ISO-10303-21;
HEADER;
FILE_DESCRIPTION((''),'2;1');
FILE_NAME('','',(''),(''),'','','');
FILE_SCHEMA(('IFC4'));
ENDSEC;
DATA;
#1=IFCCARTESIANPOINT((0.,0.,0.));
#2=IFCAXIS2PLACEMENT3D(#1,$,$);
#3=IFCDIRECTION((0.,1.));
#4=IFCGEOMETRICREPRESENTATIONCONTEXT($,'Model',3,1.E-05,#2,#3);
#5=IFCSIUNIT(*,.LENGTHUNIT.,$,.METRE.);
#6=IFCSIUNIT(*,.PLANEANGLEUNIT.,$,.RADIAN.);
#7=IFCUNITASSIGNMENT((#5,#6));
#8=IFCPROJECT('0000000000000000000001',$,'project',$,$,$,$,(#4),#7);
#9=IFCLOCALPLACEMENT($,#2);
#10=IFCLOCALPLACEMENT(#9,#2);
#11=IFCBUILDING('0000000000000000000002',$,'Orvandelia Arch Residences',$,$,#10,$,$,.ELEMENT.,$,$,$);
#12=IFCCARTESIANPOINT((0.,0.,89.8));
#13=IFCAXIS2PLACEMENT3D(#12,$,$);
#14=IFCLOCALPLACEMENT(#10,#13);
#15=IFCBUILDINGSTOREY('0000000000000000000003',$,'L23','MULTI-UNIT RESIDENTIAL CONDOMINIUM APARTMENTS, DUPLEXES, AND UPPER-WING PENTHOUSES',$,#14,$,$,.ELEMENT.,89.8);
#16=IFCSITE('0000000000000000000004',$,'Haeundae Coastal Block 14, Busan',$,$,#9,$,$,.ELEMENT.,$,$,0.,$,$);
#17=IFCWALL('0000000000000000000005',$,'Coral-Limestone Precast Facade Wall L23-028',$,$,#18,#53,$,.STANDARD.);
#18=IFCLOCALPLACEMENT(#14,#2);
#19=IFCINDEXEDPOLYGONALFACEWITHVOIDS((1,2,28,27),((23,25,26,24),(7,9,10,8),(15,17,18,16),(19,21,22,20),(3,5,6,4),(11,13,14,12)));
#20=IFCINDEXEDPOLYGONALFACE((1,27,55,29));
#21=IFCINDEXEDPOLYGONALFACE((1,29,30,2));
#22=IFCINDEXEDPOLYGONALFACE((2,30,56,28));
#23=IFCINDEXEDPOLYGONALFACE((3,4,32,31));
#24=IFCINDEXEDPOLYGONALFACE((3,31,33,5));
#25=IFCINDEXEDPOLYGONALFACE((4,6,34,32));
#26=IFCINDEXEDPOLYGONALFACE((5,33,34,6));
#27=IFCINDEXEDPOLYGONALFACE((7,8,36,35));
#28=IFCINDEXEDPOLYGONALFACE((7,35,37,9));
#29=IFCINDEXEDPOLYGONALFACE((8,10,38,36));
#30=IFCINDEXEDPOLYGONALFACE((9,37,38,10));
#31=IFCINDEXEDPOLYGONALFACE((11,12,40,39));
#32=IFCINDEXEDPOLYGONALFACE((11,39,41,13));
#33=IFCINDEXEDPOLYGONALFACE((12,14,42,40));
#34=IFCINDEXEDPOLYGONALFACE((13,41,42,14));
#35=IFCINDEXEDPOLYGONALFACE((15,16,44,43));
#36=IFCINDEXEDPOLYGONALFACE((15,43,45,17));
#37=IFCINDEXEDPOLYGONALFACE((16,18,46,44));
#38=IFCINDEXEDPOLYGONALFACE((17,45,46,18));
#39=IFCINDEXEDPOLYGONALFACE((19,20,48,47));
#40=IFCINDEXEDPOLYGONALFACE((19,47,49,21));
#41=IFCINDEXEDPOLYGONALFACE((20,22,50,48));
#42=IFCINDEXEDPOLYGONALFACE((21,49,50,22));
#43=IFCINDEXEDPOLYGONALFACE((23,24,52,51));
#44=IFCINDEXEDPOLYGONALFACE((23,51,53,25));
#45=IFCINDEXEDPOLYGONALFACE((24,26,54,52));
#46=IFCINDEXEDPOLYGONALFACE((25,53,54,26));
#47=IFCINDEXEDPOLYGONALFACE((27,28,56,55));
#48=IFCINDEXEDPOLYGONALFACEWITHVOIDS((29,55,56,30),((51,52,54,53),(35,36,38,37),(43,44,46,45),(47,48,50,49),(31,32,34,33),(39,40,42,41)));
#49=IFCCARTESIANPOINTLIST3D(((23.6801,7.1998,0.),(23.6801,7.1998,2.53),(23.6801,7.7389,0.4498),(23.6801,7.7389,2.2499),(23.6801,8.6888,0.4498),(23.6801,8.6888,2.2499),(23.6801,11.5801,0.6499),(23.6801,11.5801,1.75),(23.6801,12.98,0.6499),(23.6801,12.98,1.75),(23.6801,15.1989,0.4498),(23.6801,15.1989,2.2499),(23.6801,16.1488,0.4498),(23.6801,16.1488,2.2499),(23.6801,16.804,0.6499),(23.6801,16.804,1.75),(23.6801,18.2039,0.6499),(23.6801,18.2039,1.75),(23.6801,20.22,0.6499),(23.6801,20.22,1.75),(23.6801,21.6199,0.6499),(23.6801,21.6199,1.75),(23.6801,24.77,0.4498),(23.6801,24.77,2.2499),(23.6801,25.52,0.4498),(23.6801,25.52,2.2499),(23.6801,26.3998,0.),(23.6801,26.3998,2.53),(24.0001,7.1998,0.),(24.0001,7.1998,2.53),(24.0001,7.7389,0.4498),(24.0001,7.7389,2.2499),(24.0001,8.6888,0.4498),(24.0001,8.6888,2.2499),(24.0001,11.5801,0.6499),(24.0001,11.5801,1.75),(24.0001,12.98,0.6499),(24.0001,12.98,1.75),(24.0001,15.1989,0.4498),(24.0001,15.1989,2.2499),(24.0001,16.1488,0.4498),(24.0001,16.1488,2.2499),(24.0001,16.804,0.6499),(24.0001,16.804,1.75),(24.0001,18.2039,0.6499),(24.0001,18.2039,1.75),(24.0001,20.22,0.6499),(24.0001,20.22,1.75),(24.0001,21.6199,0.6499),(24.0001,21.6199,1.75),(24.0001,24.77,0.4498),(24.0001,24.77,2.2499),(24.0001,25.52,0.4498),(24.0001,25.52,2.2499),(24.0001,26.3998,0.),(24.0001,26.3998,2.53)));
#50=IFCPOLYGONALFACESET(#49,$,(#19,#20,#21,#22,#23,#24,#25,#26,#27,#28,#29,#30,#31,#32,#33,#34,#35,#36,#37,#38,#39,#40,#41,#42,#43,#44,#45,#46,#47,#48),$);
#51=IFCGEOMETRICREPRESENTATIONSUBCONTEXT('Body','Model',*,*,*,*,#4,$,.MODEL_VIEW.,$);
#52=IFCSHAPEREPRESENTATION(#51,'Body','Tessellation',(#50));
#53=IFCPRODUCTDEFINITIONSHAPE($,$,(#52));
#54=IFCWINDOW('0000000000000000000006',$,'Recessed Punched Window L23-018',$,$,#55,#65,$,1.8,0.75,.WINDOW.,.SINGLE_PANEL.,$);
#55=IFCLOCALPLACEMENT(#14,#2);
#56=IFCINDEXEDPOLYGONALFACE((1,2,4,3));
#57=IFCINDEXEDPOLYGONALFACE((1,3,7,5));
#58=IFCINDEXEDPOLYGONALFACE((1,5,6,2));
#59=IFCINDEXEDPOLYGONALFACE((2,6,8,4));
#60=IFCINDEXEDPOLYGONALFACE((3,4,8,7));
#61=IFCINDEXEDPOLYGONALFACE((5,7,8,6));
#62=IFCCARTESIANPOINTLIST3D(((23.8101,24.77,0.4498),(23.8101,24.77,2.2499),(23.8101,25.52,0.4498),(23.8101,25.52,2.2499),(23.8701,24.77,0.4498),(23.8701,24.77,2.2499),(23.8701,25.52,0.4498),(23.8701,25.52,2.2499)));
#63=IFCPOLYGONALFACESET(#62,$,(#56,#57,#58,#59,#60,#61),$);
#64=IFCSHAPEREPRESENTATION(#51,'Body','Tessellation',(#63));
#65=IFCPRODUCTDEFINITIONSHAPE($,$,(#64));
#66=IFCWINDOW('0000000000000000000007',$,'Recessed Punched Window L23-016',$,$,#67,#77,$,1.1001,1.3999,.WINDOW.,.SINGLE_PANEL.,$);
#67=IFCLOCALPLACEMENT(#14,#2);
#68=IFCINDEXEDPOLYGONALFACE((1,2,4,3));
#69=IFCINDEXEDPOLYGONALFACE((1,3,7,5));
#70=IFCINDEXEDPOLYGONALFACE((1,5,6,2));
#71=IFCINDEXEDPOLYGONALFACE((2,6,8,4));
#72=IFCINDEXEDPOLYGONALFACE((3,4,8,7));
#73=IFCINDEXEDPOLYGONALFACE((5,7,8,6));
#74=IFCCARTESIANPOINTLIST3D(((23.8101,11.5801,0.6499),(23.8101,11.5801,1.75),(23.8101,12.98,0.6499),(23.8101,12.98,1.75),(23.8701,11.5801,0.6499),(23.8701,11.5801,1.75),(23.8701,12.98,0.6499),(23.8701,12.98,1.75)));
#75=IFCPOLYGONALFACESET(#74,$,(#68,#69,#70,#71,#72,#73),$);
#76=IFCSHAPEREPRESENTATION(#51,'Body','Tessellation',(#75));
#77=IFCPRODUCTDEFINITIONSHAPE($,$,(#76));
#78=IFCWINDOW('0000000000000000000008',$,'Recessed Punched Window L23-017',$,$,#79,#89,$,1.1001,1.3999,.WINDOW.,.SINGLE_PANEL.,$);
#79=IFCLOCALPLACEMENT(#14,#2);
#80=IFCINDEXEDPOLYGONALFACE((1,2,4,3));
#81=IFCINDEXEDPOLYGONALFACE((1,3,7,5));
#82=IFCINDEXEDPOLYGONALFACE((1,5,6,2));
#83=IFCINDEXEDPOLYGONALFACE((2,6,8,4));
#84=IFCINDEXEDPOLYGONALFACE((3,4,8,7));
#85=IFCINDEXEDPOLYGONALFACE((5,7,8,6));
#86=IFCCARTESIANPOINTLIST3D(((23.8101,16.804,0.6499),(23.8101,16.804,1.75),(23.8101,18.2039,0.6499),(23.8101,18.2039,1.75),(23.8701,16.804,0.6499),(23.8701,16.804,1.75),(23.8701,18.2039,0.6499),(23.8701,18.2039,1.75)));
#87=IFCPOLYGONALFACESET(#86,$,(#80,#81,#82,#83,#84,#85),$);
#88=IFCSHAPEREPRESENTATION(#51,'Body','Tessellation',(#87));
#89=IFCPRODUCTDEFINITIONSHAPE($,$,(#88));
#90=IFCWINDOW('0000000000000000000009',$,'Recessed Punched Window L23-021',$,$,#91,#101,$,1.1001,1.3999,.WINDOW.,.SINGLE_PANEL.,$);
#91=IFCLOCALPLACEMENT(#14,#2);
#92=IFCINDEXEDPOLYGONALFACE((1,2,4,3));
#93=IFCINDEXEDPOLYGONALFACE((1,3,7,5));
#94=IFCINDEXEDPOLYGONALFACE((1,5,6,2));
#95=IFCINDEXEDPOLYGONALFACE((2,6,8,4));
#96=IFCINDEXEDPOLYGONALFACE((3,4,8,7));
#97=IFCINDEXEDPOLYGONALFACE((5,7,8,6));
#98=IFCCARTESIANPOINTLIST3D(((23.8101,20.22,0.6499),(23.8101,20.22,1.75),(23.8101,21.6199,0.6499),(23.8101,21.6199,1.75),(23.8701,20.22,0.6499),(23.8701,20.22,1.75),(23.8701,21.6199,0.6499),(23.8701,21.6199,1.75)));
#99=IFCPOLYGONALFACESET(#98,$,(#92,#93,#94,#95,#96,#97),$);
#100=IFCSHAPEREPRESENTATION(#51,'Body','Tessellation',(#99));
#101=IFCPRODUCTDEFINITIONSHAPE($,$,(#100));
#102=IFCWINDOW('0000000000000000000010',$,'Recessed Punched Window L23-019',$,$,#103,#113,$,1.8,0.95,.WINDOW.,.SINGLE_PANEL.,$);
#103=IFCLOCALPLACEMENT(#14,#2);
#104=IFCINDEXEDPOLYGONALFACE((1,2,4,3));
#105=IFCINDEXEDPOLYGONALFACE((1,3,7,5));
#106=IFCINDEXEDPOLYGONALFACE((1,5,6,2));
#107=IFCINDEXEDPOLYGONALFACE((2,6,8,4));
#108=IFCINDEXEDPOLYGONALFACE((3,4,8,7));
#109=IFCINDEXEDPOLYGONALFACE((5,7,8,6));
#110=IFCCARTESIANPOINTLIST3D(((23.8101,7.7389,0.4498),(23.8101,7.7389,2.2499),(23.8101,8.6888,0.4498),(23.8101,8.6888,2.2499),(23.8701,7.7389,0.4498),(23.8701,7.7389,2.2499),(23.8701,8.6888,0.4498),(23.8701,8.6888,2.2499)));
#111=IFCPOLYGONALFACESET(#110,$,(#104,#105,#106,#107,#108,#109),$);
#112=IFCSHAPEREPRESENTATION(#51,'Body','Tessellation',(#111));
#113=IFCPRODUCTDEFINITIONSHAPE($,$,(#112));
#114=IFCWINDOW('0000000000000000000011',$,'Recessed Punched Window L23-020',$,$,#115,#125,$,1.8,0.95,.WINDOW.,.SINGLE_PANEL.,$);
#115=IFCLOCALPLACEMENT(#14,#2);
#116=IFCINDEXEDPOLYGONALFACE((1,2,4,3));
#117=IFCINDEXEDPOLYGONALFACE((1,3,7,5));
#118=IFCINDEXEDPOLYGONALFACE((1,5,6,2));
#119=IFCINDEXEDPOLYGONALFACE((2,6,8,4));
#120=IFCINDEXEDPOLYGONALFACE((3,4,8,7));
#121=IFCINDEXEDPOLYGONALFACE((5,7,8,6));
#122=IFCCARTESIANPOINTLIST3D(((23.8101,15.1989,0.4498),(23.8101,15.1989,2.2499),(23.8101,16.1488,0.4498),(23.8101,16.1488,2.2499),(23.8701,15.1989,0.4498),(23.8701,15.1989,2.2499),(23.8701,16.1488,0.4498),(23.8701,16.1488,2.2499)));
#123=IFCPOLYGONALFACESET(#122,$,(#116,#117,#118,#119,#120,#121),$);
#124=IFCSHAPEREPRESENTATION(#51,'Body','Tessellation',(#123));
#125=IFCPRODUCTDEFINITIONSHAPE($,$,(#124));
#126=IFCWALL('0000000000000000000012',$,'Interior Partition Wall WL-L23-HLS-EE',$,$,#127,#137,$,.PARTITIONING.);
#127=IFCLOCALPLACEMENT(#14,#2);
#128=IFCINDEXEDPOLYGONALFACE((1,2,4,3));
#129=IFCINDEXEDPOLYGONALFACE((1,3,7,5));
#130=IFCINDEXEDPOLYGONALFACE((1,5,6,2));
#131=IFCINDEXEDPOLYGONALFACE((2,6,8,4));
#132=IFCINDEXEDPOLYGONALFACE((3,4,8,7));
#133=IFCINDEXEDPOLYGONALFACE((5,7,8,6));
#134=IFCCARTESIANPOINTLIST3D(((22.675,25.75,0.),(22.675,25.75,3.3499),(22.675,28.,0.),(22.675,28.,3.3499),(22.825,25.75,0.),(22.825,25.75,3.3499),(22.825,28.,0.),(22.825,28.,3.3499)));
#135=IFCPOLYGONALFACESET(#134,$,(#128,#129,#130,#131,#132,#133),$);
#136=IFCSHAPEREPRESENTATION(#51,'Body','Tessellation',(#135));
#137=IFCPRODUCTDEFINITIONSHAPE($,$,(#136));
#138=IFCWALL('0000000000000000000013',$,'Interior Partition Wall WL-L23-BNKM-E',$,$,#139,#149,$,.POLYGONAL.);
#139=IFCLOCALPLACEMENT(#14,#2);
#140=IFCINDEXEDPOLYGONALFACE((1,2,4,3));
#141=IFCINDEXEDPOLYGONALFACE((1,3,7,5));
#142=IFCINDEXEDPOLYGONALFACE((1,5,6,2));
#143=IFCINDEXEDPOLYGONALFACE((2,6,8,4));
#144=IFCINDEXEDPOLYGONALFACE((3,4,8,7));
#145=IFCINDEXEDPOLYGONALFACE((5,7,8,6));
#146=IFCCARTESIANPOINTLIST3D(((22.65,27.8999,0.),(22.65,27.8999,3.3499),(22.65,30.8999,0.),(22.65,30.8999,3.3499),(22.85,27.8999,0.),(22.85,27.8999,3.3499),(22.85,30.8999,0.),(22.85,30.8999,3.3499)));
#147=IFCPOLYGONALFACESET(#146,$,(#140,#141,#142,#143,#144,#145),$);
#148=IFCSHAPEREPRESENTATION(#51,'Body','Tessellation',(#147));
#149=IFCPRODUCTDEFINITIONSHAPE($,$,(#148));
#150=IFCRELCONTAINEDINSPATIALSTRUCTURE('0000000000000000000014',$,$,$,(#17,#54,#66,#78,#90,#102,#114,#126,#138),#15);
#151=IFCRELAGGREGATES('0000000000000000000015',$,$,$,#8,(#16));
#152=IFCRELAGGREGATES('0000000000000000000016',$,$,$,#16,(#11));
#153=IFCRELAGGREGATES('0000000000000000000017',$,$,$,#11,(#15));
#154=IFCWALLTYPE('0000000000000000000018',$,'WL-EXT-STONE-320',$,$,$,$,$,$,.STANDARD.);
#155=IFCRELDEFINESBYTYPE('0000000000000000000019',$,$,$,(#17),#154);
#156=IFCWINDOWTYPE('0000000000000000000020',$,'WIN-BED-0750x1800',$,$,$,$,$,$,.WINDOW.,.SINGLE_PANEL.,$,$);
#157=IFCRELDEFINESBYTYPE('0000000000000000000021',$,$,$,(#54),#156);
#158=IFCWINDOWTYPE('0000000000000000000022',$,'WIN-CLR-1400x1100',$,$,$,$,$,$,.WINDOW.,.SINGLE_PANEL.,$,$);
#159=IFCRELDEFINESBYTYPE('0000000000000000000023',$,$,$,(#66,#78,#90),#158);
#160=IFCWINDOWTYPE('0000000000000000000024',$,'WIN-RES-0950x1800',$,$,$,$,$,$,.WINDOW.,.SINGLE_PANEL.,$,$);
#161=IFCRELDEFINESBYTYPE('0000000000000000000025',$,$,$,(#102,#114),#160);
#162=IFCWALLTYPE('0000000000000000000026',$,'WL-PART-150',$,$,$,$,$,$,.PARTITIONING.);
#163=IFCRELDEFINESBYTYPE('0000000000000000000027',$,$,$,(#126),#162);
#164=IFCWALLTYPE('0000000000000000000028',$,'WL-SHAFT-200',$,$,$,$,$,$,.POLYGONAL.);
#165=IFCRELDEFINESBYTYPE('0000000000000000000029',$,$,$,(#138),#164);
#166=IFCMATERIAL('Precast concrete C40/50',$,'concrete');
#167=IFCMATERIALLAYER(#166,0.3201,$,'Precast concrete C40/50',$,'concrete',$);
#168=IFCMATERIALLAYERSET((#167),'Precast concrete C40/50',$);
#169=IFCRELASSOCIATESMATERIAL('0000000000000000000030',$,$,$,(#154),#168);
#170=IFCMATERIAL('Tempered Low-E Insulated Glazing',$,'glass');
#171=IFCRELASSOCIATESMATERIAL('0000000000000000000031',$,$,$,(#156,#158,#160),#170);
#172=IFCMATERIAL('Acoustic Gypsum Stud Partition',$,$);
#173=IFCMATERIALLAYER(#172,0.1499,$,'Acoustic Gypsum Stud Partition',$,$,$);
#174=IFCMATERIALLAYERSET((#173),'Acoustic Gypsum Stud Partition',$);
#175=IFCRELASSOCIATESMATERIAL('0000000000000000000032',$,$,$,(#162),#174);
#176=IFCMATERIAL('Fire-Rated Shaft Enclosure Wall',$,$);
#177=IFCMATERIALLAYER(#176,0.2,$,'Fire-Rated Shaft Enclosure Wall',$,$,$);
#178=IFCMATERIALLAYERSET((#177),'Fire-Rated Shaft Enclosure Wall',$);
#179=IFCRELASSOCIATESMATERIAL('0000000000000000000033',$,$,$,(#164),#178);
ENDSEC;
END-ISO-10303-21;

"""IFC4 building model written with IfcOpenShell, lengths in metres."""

from ifc_helpers import new_model, si_unit, direction, frame, frame_2d, origin, place, context, subcontext, project, spatial, rectangle, extrude, material, layer, layer_set, type_object, element, fill, save


model = new_model("IFC4")

# Units and contexts
model_context = context("Model", 3, precision=1e-05, world=origin(), true_north=direction((0.0, 1.0)))
body_context = subcontext(model_context, "Body", "Model", "MODEL_VIEW")
ifc_project = project(units=[si_unit("LENGTHUNIT", "METRE"), si_unit("PLANEANGLEUNIT", "RADIAN")], contexts=[model_context])

# Site, building, storey
site_placement = place(None, origin())
site = spatial("IfcSite", under=ifc_project, at=site_placement, Name="Haeundae Coastal Block 14, Busan", CompositionType="ELEMENT", RefElevation=0.0)
building_placement = place(site_placement, origin())
building = spatial("IfcBuilding", under=site, at=building_placement, Name="Orvandelia Arch Residences", CompositionType="ELEMENT")
storey_placement = place(building_placement, frame((0.0, 0.0, 89.8)))
storey = spatial("IfcBuildingStorey", under=building, at=storey_placement, Name="L23", Description="MULTI-UNIT RESIDENTIAL CONDOMINIUM APARTMENTS, DUPLEXES, AND UPPER-WING PENTHOUSES", CompositionType="ELEMENT", Elevation=89.8)

# Shared definitions
ifc_material_1 = material(Name="Precast concrete C40/50", Category="concrete")
ifc_layer_1 = layer(ifc_material_1, 0.3201, Name="Precast concrete C40/50", Category="concrete")
ifc_layer_set_1 = layer_set([ifc_layer_1], Name="Precast concrete C40/50")
wall_type_1 = type_object("IfcWallType", Name="WL-EXT-STONE-320", PredefinedType="STANDARD", material=ifc_layer_set_1)

# Wall, openings, windows
wall_1_placement = place(storey_placement, frame((23.8401, 26.3999, 0.0), z_axis=(0.0, 0.0, 1.0), x_axis=(0.0, -1.0, 0.0)))
wall_1 = element("IfcWall", 1, at=wall_1_placement, inside=storey, type_object=wall_type_1, Name="Coral-Limestone Precast Facade Wall L23-028", PredefinedType="STANDARD", context=body_context, shape_type="SweptSolid", body=[
    extrude(rectangle(XDim=19.2, YDim=0.3201, at=frame_2d((9.6001, 0.0))), origin(), (0.0, 0.0, 1.0), 2.53),
])
opening_1_placement = place(wall_1_placement, frame((13.4199, 0.0, 0.6499)))
opening_1 = element("IfcOpeningElement", 2, at=opening_1_placement, cuts=wall_1, PredefinedType="OPENING", context=body_context, shape_type="SweptSolid", body=[
    extrude(rectangle(XDim=1.3999, YDim=1.1001, at=frame_2d((0.7, 0.55))), frame((0.0, 0.1699, 0.0), z_axis=(0.0, -1.0, 0.0), x_axis=(1.0, 0.0, 0.0)), (0.0, 0.0, 1.0), 0.3401),
])
opening_2_placement = place(wall_1_placement, frame((8.196, 0.0, 0.6499)))
opening_2 = element("IfcOpeningElement", 3, at=opening_2_placement, cuts=wall_1, PredefinedType="OPENING", context=body_context, shape_type="SweptSolid", body=[
    extrude(rectangle(XDim=1.3999, YDim=1.1001, at=frame_2d((0.7, 0.55))), frame((0.0, 0.1699, 0.0), z_axis=(0.0, -1.0, 0.0), x_axis=(1.0, 0.0, 0.0)), (0.0, 0.0, 1.0), 0.3401),
])
opening_3_placement = place(wall_1_placement, frame((0.8799, 0.0, 0.45)))
opening_3 = element("IfcOpeningElement", 4, at=opening_3_placement, cuts=wall_1, PredefinedType="OPENING", context=body_context, shape_type="SweptSolid", body=[
    extrude(rectangle(XDim=0.75, YDim=1.8, at=frame_2d((0.375, 0.8999))), frame((0.0, 0.1699, 0.0), z_axis=(0.0, -1.0, 0.0), x_axis=(1.0, 0.0, 0.0)), (0.0, 0.0, 1.0), 0.3401),
])
opening_4_placement = place(wall_1_placement, frame((17.7109, 0.0, 0.45)))
opening_4 = element("IfcOpeningElement", 5, at=opening_4_placement, cuts=wall_1, PredefinedType="OPENING", context=body_context, shape_type="SweptSolid", body=[
    extrude(rectangle(XDim=0.95, YDim=1.8, at=frame_2d((0.4751, 0.8999))), frame((0.0, 0.1699, 0.0), z_axis=(0.0, -1.0, 0.0), x_axis=(1.0, 0.0, 0.0)), (0.0, 0.0, 1.0), 0.3401),
])
opening_5_placement = place(wall_1_placement, frame((10.251, 0.0, 0.45)))
opening_5 = element("IfcOpeningElement", 6, at=opening_5_placement, cuts=wall_1, PredefinedType="OPENING", context=body_context, shape_type="SweptSolid", body=[
    extrude(rectangle(XDim=0.95, YDim=1.8, at=frame_2d((0.4751, 0.8999))), frame((0.0, 0.1699, 0.0), z_axis=(0.0, -1.0, 0.0), x_axis=(1.0, 0.0, 0.0)), (0.0, 0.0, 1.0), 0.3401),
])
opening_6_placement = place(wall_1_placement, frame((4.78, 0.0, 0.6499)))
opening_6 = element("IfcOpeningElement", 7, at=opening_6_placement, cuts=wall_1, PredefinedType="OPENING", context=body_context, shape_type="SweptSolid", body=[
    extrude(rectangle(XDim=1.3999, YDim=1.1001, at=frame_2d((0.7, 0.55))), frame((0.0, 0.1699, 0.0), z_axis=(0.0, -1.0, 0.0), x_axis=(1.0, 0.0, 0.0)), (0.0, 0.0, 1.0), 0.3401),
])
ifc_material_2 = material(Name="Tempered Low-E Insulated Glazing", Category="glass")
window_type_1 = type_object("IfcWindowType", Name="WIN-BED-0750x1800", PartitioningType="SINGLE_PANEL", PredefinedType="WINDOW", material=ifc_material_2)
window_1_placement = place(opening_3_placement, origin())
window_1 = element("IfcWindow", 8, at=window_1_placement, inside=storey, type_object=window_type_1, Name="Recessed Punched Window L23-018", OverallHeight=1.8, OverallWidth=0.75, PartitioningType="SINGLE_PANEL", PredefinedType="WINDOW", context=body_context, shape_type="SweptSolid", body=[
    extrude(rectangle(XDim=0.75, YDim=1.8, at=frame_2d((0.375, 0.8999))), frame((0.0, 0.03, 0.0), z_axis=(0.0, -1.0, 0.0), x_axis=(1.0, 0.0, 0.0)), (0.0, 0.0, 1.0), 0.0601),
])
fill(opening_3, window_1)
window_type_2 = type_object("IfcWindowType", Name="WIN-CLR-1400x1100", PartitioningType="SINGLE_PANEL", PredefinedType="WINDOW", material=ifc_material_2)
window_2_placement = place(opening_1_placement, origin())
window_2 = element("IfcWindow", 9, at=window_2_placement, inside=storey, type_object=window_type_2, Name="Recessed Punched Window L23-016", OverallHeight=1.1001, OverallWidth=1.3999, PartitioningType="SINGLE_PANEL", PredefinedType="WINDOW", context=body_context, shape_type="SweptSolid", body=[
    extrude(rectangle(XDim=1.3999, YDim=1.1001, at=frame_2d((0.7, 0.55))), frame((0.0, 0.03, 0.0), z_axis=(0.0, -1.0, 0.0), x_axis=(1.0, 0.0, 0.0)), (0.0, 0.0, 1.0), 0.0601),
])
fill(opening_1, window_2)
window_3_placement = place(opening_2_placement, origin())
window_3 = element("IfcWindow", 10, at=window_3_placement, inside=storey, type_object=window_type_2, Name="Recessed Punched Window L23-017", OverallHeight=1.1001, OverallWidth=1.3999, PartitioningType="SINGLE_PANEL", PredefinedType="WINDOW", context=body_context, shape_type="SweptSolid", body=[
    extrude(rectangle(XDim=1.3999, YDim=1.1001, at=frame_2d((0.7, 0.55))), frame((0.0, 0.03, 0.0), z_axis=(0.0, -1.0, 0.0), x_axis=(1.0, 0.0, 0.0)), (0.0, 0.0, 1.0), 0.0601),
])
fill(opening_2, window_3)
window_4_placement = place(opening_6_placement, origin())
window_4 = element("IfcWindow", 11, at=window_4_placement, inside=storey, type_object=window_type_2, Name="Recessed Punched Window L23-021", OverallHeight=1.1001, OverallWidth=1.3999, PartitioningType="SINGLE_PANEL", PredefinedType="WINDOW", context=body_context, shape_type="SweptSolid", body=[
    extrude(rectangle(XDim=1.3999, YDim=1.1001, at=frame_2d((0.7, 0.55))), frame((0.0, 0.03, 0.0), z_axis=(0.0, -1.0, 0.0), x_axis=(1.0, 0.0, 0.0)), (0.0, 0.0, 1.0), 0.0601),
])
fill(opening_6, window_4)
window_type_3 = type_object("IfcWindowType", Name="WIN-RES-0950x1800", PartitioningType="SINGLE_PANEL", PredefinedType="WINDOW", material=ifc_material_2)
window_5_placement = place(opening_4_placement, origin())
window_5 = element("IfcWindow", 12, at=window_5_placement, inside=storey, type_object=window_type_3, Name="Recessed Punched Window L23-019", OverallHeight=1.8, OverallWidth=0.95, PartitioningType="SINGLE_PANEL", PredefinedType="WINDOW", context=body_context, shape_type="SweptSolid", body=[
    extrude(rectangle(XDim=0.95, YDim=1.8, at=frame_2d((0.4751, 0.8999))), frame((0.0, 0.03, 0.0), z_axis=(0.0, -1.0, 0.0), x_axis=(1.0, 0.0, 0.0)), (0.0, 0.0, 1.0), 0.0601),
])
fill(opening_4, window_5)
window_6_placement = place(opening_5_placement, origin())
window_6 = element("IfcWindow", 13, at=window_6_placement, inside=storey, type_object=window_type_3, Name="Recessed Punched Window L23-020", OverallHeight=1.8, OverallWidth=0.95, PartitioningType="SINGLE_PANEL", PredefinedType="WINDOW", context=body_context, shape_type="SweptSolid", body=[
    extrude(rectangle(XDim=0.95, YDim=1.8, at=frame_2d((0.4751, 0.8999))), frame((0.0, 0.03, 0.0), z_axis=(0.0, -1.0, 0.0), x_axis=(1.0, 0.0, 0.0)), (0.0, 0.0, 1.0), 0.0601),
])
fill(opening_5, window_6)

# Walls
ifc_material_3 = material(Name="Acoustic Gypsum Stud Partition")
ifc_layer_2 = layer(ifc_material_3, 0.1499, Name="Acoustic Gypsum Stud Partition")
ifc_layer_set_2 = layer_set([ifc_layer_2], Name="Acoustic Gypsum Stud Partition")
wall_type_2 = type_object("IfcWallType", Name="WL-PART-150", PredefinedType="PARTITIONING", material=ifc_layer_set_2)
wall_2_placement = place(storey_placement, frame((22.75, 25.75, 0.0), z_axis=(0.0, 0.0, 1.0), x_axis=(0.0, 1.0, 0.0)))
element("IfcWall", 14, at=wall_2_placement, inside=storey, type_object=wall_type_2, Name="Interior Partition Wall WL-L23-HLS-EE", PredefinedType="PARTITIONING", context=body_context, shape_type="SweptSolid", body=[
    extrude(rectangle(XDim=2.25, YDim=0.1499, at=frame_2d((1.125, 0.0))), origin(), (0.0, 0.0, 1.0), 3.3499),
])
ifc_material_4 = material(Name="Fire-Rated Shaft Enclosure Wall")
ifc_layer_3 = layer(ifc_material_4, 0.2, Name="Fire-Rated Shaft Enclosure Wall")
ifc_layer_set_3 = layer_set([ifc_layer_3], Name="Fire-Rated Shaft Enclosure Wall")
wall_type_3 = type_object("IfcWallType", Name="WL-SHAFT-200", PredefinedType="POLYGONAL", material=ifc_layer_set_3)
wall_3_placement = place(storey_placement, frame((22.75, 27.8999, 0.0), z_axis=(0.0, 0.0, 1.0), x_axis=(0.0, 1.0, 0.0)))
element("IfcWall", 15, at=wall_3_placement, inside=storey, type_object=wall_type_3, Name="Interior Partition Wall WL-L23-BNKM-E", PredefinedType="POLYGONAL", context=body_context, shape_type="SweptSolid", body=[
    extrude(rectangle(XDim=3.0, YDim=0.2, at=frame_2d((1.5, 0.0))), origin(), (0.0, 0.0, 1.0), 3.3499),
])

save(model, "model.ifc")
